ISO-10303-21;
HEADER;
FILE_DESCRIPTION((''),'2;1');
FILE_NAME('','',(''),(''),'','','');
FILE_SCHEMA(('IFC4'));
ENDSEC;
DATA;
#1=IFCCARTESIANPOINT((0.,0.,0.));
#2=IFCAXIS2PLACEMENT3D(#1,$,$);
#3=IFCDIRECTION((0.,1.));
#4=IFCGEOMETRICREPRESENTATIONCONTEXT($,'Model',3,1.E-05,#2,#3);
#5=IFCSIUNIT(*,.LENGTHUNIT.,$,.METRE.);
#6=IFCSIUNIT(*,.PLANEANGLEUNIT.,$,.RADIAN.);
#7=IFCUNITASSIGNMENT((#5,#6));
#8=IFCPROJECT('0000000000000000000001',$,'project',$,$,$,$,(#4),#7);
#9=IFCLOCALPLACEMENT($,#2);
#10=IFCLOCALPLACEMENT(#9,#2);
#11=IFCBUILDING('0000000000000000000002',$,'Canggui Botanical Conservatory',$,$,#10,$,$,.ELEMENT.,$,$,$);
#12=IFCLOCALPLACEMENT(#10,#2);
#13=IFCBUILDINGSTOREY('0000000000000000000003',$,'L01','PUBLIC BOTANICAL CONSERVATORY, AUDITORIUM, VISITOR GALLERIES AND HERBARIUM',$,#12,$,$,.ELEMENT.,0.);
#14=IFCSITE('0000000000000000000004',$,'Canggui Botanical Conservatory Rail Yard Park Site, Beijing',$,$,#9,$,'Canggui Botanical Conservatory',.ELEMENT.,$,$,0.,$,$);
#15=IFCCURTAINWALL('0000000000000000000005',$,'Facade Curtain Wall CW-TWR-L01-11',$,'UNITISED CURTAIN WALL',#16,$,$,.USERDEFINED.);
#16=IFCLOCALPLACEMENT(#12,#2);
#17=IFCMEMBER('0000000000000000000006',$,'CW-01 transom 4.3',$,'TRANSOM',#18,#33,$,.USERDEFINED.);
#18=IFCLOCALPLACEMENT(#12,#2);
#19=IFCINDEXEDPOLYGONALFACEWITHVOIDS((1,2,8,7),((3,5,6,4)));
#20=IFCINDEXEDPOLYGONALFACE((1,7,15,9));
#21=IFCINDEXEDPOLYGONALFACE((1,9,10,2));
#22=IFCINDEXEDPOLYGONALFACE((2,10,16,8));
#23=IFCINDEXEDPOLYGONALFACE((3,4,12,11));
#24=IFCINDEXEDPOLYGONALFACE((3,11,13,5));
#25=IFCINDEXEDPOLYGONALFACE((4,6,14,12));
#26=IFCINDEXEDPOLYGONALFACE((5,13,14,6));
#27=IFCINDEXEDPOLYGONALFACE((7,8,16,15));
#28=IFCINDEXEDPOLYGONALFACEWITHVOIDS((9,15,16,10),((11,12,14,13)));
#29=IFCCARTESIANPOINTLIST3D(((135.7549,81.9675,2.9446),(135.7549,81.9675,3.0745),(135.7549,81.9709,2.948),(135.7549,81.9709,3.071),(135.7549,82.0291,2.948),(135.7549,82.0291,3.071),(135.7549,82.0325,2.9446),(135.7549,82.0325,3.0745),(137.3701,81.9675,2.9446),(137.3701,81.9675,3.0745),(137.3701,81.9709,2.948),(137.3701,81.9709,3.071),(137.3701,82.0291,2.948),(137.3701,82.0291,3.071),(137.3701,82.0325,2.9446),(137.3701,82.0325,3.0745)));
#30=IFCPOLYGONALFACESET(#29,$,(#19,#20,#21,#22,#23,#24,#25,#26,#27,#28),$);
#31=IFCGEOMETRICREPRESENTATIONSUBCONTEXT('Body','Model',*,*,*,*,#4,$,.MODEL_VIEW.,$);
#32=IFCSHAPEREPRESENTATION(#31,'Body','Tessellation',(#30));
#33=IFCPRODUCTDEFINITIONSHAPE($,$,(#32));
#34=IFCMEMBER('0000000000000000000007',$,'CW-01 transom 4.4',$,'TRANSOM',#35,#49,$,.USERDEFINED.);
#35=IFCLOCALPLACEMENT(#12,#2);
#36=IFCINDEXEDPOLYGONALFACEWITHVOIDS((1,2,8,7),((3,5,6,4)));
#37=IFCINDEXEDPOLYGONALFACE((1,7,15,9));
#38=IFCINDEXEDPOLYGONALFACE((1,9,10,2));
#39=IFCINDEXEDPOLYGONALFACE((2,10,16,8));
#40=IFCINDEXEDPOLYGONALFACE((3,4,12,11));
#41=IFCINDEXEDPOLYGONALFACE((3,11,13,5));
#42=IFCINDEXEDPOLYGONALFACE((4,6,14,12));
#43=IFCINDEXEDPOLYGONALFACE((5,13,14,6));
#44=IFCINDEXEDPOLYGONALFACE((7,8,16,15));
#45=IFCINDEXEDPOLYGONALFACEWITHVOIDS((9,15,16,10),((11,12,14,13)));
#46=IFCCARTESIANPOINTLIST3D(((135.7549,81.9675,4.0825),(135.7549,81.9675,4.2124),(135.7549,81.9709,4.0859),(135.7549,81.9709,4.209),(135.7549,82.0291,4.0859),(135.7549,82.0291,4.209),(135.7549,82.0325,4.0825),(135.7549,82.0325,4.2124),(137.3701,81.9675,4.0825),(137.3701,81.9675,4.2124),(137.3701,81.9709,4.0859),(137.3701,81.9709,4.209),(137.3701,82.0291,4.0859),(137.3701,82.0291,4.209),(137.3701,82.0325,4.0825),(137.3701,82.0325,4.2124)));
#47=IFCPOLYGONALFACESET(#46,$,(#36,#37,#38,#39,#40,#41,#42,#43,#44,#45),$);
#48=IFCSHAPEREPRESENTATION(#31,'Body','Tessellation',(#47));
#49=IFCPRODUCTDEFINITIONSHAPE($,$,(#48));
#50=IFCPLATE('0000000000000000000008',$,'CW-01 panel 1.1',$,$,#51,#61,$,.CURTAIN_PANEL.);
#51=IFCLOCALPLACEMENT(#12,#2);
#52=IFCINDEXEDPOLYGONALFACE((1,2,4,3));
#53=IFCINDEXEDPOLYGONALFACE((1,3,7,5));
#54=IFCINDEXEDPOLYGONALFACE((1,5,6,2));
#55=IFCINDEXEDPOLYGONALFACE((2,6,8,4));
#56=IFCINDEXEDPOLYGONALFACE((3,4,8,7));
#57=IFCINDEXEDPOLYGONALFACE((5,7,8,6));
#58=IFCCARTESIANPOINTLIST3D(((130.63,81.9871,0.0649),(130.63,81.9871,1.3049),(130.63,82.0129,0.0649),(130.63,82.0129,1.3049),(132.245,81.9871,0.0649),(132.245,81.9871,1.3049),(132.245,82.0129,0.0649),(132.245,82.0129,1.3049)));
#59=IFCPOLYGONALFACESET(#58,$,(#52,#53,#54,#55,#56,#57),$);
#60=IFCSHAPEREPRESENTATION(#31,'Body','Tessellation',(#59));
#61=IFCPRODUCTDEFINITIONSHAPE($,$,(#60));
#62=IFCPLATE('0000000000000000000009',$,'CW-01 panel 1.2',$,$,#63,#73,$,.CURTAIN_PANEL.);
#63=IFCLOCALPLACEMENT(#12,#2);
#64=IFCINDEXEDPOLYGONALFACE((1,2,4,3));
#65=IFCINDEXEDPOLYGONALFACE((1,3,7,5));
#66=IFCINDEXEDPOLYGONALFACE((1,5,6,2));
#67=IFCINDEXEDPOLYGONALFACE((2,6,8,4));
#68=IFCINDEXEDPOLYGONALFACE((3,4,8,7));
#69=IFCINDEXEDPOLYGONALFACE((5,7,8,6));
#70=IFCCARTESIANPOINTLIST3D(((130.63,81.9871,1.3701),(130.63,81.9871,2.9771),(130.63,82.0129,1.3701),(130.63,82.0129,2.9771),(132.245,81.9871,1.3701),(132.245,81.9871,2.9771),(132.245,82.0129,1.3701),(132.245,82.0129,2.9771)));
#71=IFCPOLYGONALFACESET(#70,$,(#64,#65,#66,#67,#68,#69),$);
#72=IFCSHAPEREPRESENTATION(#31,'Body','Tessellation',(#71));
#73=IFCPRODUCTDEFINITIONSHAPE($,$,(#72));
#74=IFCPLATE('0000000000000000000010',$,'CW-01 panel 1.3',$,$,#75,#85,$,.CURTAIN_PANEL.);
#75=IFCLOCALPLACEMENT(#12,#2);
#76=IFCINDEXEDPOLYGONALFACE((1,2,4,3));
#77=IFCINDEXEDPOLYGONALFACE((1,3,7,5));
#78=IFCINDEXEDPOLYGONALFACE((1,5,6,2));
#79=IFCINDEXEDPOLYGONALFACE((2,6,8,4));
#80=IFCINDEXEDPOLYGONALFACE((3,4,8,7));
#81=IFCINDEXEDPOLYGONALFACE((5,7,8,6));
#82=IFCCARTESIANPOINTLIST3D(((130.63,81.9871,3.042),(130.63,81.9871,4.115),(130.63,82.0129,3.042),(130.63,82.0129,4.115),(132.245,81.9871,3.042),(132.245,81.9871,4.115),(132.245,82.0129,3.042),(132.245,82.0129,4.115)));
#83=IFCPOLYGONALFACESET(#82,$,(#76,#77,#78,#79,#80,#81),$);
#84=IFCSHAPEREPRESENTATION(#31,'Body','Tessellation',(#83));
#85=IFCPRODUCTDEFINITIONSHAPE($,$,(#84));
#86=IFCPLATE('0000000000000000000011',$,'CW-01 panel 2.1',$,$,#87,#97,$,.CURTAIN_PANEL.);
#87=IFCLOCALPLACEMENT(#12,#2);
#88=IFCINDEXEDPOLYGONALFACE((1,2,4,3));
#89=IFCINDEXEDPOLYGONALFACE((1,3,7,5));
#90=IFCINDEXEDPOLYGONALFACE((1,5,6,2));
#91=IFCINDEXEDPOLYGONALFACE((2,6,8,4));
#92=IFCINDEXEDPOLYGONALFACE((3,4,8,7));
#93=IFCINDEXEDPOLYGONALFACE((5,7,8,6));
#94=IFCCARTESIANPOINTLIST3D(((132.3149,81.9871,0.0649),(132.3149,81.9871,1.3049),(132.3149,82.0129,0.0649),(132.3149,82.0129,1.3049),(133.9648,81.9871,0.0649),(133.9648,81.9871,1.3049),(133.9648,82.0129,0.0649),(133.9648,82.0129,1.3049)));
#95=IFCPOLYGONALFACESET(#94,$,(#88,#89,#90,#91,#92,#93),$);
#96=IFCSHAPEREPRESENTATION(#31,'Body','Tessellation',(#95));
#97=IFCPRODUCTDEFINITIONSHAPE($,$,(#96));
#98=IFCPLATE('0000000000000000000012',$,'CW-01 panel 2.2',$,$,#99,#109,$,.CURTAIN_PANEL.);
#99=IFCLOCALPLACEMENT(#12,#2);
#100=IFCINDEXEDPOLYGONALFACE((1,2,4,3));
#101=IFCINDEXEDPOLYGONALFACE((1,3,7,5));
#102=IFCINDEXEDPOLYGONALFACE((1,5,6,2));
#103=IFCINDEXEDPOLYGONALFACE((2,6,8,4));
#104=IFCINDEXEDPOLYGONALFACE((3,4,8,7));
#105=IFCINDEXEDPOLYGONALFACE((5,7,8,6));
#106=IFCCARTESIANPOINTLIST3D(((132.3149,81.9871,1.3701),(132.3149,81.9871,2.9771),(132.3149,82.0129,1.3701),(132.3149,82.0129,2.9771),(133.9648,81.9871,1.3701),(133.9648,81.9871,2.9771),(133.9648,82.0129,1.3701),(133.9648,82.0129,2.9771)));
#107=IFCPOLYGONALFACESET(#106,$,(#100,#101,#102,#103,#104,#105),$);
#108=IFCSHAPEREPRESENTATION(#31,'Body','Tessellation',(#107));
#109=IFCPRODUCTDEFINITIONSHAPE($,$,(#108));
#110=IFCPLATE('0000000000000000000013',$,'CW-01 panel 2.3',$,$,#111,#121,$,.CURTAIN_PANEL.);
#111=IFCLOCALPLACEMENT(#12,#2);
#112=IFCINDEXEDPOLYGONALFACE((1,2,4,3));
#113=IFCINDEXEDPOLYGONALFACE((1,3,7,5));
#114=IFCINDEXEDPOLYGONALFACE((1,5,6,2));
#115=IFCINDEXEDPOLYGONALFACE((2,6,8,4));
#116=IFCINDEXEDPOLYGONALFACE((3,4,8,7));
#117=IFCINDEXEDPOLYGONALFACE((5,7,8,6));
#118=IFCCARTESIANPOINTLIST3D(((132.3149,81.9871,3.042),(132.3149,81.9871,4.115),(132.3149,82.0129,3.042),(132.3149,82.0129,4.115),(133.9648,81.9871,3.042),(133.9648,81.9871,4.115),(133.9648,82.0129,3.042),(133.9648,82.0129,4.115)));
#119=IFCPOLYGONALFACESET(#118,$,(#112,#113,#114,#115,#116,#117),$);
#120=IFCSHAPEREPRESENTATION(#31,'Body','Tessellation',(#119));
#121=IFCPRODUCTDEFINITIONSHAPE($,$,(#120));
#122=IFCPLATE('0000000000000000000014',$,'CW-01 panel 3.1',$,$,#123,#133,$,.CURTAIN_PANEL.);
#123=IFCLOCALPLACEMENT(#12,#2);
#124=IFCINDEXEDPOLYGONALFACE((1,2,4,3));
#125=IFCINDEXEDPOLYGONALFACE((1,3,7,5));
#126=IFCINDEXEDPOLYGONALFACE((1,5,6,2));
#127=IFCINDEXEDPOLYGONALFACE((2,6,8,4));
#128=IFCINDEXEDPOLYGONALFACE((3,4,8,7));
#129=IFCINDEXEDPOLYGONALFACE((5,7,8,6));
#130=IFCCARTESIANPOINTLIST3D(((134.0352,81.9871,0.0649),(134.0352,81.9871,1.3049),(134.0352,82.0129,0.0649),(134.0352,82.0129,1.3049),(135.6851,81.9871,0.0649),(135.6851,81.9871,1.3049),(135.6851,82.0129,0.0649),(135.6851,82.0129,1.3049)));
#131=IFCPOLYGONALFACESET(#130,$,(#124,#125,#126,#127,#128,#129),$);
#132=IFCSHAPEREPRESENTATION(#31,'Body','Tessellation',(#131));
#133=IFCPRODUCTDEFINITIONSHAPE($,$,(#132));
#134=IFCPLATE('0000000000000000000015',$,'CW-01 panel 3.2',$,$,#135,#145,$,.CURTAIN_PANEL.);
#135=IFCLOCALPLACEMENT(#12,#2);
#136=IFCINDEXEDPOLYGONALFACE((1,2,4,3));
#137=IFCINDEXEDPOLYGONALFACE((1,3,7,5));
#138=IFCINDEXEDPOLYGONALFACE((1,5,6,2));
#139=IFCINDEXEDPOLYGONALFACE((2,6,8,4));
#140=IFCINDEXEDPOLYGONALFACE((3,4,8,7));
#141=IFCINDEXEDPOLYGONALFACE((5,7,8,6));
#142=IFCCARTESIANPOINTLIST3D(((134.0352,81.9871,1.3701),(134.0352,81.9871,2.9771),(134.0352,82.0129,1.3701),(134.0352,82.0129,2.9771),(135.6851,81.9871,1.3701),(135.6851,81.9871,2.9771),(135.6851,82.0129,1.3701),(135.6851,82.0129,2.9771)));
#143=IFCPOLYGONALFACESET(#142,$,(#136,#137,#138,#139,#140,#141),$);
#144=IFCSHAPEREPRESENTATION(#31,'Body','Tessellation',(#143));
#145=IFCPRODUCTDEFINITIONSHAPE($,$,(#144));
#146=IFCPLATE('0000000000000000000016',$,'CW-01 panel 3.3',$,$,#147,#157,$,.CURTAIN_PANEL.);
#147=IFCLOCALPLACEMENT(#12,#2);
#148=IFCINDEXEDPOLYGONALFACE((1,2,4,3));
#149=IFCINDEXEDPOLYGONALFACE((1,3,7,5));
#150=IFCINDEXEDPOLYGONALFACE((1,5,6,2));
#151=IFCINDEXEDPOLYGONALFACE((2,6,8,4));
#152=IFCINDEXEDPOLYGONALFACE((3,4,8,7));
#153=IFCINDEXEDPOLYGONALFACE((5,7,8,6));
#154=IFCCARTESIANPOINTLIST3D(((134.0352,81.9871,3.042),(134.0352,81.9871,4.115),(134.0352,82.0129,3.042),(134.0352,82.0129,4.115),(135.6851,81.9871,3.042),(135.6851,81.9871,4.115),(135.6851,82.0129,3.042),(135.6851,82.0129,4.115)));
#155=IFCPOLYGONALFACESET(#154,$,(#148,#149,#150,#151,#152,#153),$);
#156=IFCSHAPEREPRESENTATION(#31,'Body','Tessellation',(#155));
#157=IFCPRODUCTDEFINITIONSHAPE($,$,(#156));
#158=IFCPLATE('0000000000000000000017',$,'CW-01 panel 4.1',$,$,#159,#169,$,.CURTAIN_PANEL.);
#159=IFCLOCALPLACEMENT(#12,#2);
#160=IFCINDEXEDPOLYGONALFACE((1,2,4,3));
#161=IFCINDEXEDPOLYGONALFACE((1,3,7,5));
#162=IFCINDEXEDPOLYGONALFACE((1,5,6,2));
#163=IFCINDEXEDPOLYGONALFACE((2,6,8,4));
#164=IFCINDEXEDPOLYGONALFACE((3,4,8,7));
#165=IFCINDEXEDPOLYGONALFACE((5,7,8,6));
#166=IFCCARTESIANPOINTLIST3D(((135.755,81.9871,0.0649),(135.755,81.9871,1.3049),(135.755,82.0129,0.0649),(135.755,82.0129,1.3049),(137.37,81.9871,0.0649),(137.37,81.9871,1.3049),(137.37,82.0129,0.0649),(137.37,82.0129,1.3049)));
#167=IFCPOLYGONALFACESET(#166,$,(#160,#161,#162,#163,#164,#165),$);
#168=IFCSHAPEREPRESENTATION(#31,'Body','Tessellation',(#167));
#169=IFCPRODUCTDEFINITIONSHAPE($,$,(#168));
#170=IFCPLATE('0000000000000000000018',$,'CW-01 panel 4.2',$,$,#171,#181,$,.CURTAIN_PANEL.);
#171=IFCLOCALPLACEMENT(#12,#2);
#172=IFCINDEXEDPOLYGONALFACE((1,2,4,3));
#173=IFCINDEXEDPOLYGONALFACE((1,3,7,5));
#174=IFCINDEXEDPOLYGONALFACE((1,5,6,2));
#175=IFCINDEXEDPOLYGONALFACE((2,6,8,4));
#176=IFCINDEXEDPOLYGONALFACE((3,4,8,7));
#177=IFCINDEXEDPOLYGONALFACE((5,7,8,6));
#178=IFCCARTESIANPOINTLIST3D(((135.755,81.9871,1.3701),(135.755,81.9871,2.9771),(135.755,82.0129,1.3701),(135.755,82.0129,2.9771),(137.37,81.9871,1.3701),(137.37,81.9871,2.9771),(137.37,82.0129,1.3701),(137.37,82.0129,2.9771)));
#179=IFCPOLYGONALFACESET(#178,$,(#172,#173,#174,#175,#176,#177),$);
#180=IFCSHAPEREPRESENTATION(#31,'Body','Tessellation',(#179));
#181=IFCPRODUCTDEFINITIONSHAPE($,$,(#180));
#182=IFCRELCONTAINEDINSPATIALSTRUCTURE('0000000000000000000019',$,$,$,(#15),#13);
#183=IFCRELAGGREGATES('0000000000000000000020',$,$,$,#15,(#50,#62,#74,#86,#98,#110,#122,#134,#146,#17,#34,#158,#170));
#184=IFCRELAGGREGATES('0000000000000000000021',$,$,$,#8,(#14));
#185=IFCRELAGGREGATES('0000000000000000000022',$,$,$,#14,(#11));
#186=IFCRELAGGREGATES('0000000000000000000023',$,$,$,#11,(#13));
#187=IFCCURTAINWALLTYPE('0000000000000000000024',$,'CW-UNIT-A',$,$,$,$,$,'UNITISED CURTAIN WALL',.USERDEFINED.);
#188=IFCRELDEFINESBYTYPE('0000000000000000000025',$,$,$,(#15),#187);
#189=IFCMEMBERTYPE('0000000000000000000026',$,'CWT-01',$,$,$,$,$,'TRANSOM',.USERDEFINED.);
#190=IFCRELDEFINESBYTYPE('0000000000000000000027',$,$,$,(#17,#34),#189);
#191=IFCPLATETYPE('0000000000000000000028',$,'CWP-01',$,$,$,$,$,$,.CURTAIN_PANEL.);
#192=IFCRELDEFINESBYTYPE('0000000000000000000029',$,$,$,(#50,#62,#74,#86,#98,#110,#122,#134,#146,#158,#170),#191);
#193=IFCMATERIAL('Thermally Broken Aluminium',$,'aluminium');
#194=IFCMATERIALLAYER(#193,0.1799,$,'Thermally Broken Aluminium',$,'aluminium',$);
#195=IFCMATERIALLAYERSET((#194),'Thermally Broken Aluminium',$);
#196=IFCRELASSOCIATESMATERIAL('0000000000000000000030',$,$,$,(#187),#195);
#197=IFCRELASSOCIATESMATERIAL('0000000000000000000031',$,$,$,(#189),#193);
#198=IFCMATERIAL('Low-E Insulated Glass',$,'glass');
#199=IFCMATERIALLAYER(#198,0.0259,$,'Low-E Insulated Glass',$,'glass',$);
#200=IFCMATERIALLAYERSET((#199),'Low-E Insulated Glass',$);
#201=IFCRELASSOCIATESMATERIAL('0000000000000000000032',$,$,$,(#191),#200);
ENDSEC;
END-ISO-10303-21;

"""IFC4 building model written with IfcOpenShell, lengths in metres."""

from ifc_helpers import new_model, si_unit, direction, frame, origin, origin_2d, place, context, subcontext, project, spatial, rectangle, hollow_rectangle, extrude, material, layer, layer_set, material_profile, profile_set, type_object, element, aggregate, save


model = new_model("IFC4")

# Units and contexts
model_context = context("Model", 3, precision=1e-05, world=origin(), true_north=direction((0.0, 1.0)))
body_context = subcontext(model_context, "Body", "Model", "MODEL_VIEW")
ifc_project = project(units=[si_unit("LENGTHUNIT", "METRE"), si_unit("PLANEANGLEUNIT", "RADIAN")], contexts=[model_context])

# Site, building, storey
site_placement = place(None, origin())
site = spatial("IfcSite", under=ifc_project, at=site_placement, Name="Canggui Botanical Conservatory Rail Yard Park Site, Beijing", LongName="Canggui Botanical Conservatory", CompositionType="ELEMENT", RefElevation=0.0)
building_placement = place(site_placement, origin())
building = spatial("IfcBuilding", under=site, at=building_placement, Name="Canggui Botanical Conservatory", CompositionType="ELEMENT")
storey_placement = place(building_placement, origin())
storey = spatial("IfcBuildingStorey", under=building, at=storey_placement, Name="L01", Description="PUBLIC BOTANICAL CONSERVATORY, AUDITORIUM, VISITOR GALLERIES AND HERBARIUM", CompositionType="ELEMENT", Elevation=0.0)

# Curtain wall, members, plates
ifc_material_1 = material(Name="Thermally Broken Aluminium", Category="aluminium")
ifc_layer_1 = layer(ifc_material_1, 0.1799, Name="Thermally Broken Aluminium", Category="aluminium")
ifc_layer_set_1 = layer_set([ifc_layer_1], Name="Thermally Broken Aluminium")
curtain_wall_type = type_object("IfcCurtainWallType", Name="CW-UNIT-A", ElementType="UNITISED CURTAIN WALL", PredefinedType="USERDEFINED", material=ifc_layer_set_1)
curtain_wall_placement = place(storey_placement, origin())
curtain_wall = element("IfcCurtainWall", 1, at=curtain_wall_placement, inside=storey, type_object=curtain_wall_type, Name="Facade Curtain Wall CW-TWR-L01-11", ObjectType="UNITISED CURTAIN WALL", PredefinedType="USERDEFINED")
ifc_material_profile_1 = material_profile(ifc_material_1, hollow_rectangle(XDim=0.0649, YDim=0.1299, WallThickness=0.0034, at=origin_2d()), Name="CWT 65x130x3.5")
ifc_profile_set_1 = profile_set([ifc_material_profile_1], Name="Thermally Broken Aluminium")
member_type_1 = type_object("IfcMemberType", Name="CWT-01", ElementType="TRANSOM", PredefinedType="USERDEFINED", material=ifc_profile_set_1)
member_1_placement = place(storey_placement, frame((135.7549, 82.0, 3.0095), z_axis=(1.0, 0.0, 0.0), x_axis=(0.0, 1.0, 0.0)))
member_1 = element("IfcMember", 2, at=member_1_placement, type_object=member_type_1, Name="CW-01 transom 4.3", ObjectType="TRANSOM", PredefinedType="USERDEFINED", context=body_context, shape_type="SweptSolid", body=[
    extrude(hollow_rectangle(XDim=0.0649, YDim=0.1299, WallThickness=0.0034, at=origin_2d()), origin(), (0.0, 0.0, 1.0), 1.6152),
])
member_2_placement = place(storey_placement, frame((135.7549, 82.0, 4.1475), z_axis=(1.0, 0.0, 0.0), x_axis=(0.0, 1.0, 0.0)))
member_2 = element("IfcMember", 3, at=member_2_placement, type_object=member_type_1, Name="CW-01 transom 4.4", ObjectType="TRANSOM", PredefinedType="USERDEFINED", context=body_context, shape_type="SweptSolid", body=[
    extrude(hollow_rectangle(XDim=0.0649, YDim=0.1299, WallThickness=0.0034, at=origin_2d()), origin(), (0.0, 0.0, 1.0), 1.6152),
])
ifc_material_2 = material(Name="Low-E Insulated Glass", Category="glass")
ifc_layer_2 = layer(ifc_material_2, 0.0259, Name="Low-E Insulated Glass", Category="glass")
ifc_layer_set_2 = layer_set([ifc_layer_2], Name="Low-E Insulated Glass")
plate_type = type_object("IfcPlateType", Name="CWP-01", PredefinedType="CURTAIN_PANEL", material=ifc_layer_set_2)
plate_1_placement = place(storey_placement, frame((131.4375, 82.0, 0.0649), z_axis=(0.0, 0.0, 1.0), x_axis=(1.0, 0.0, 0.0)))
plate_1 = element("IfcPlate", 4, at=plate_1_placement, type_object=plate_type, Name="CW-01 panel 1.1", PredefinedType="CURTAIN_PANEL", context=body_context, shape_type="SweptSolid", body=[
    extrude(rectangle(XDim=1.615, YDim=0.0259, at=origin_2d()), origin(), (0.0, 0.0, 1.0), 1.24),
])
plate_2_placement = place(storey_placement, frame((131.4375, 82.0, 1.3701), z_axis=(0.0, 0.0, 1.0), x_axis=(1.0, 0.0, 0.0)))
plate_2 = element("IfcPlate", 5, at=plate_2_placement, type_object=plate_type, Name="CW-01 panel 1.2", PredefinedType="CURTAIN_PANEL", context=body_context, shape_type="SweptSolid", body=[
    extrude(rectangle(XDim=1.615, YDim=0.0259, at=origin_2d()), origin(), (0.0, 0.0, 1.0), 1.6069),
])
plate_3_placement = place(storey_placement, frame((131.4375, 82.0, 3.042), z_axis=(0.0, 0.0, 1.0), x_axis=(1.0, 0.0, 0.0)))
plate_3 = element("IfcPlate", 6, at=plate_3_placement, type_object=plate_type, Name="CW-01 panel 1.3", PredefinedType="CURTAIN_PANEL", context=body_context, shape_type="SweptSolid", body=[
    extrude(rectangle(XDim=1.615, YDim=0.0259, at=origin_2d()), origin(), (0.0, 0.0, 1.0), 1.073),
])
plate_4_placement = place(storey_placement, frame((133.1399, 82.0, 0.0649), z_axis=(0.0, 0.0, 1.0), x_axis=(1.0, 0.0, 0.0)))
plate_4 = element("IfcPlate", 7, at=plate_4_placement, type_object=plate_type, Name="CW-01 panel 2.1", PredefinedType="CURTAIN_PANEL", context=body_context, shape_type="SweptSolid", body=[
    extrude(rectangle(XDim=1.6499, YDim=0.0259, at=origin_2d()), origin(), (0.0, 0.0, 1.0), 1.24),
])
plate_5_placement = place(storey_placement, frame((133.1399, 82.0, 1.3701), z_axis=(0.0, 0.0, 1.0), x_axis=(1.0, 0.0, 0.0)))
plate_5 = element("IfcPlate", 8, at=plate_5_placement, type_object=plate_type, Name="CW-01 panel 2.2", PredefinedType="CURTAIN_PANEL", context=body_context, shape_type="SweptSolid", body=[
    extrude(rectangle(XDim=1.6499, YDim=0.0259, at=origin_2d()), origin(), (0.0, 0.0, 1.0), 1.6069),
])
plate_6_placement = place(storey_placement, frame((133.1399, 82.0, 3.042), z_axis=(0.0, 0.0, 1.0), x_axis=(1.0, 0.0, 0.0)))
plate_6 = element("IfcPlate", 9, at=plate_6_placement, type_object=plate_type, Name="CW-01 panel 2.3", PredefinedType="CURTAIN_PANEL", context=body_context, shape_type="SweptSolid", body=[
    extrude(rectangle(XDim=1.6499, YDim=0.0259, at=origin_2d()), origin(), (0.0, 0.0, 1.0), 1.073),
])
plate_7_placement = place(storey_placement, frame((134.8601, 82.0, 0.0649), z_axis=(0.0, 0.0, 1.0), x_axis=(1.0, 0.0, 0.0)))
plate_7 = element("IfcPlate", 10, at=plate_7_placement, type_object=plate_type, Name="CW-01 panel 3.1", PredefinedType="CURTAIN_PANEL", context=body_context, shape_type="SweptSolid", body=[
    extrude(rectangle(XDim=1.6499, YDim=0.0259, at=origin_2d()), origin(), (0.0, 0.0, 1.0), 1.24),
])
plate_8_placement = place(storey_placement, frame((134.8601, 82.0, 1.3701), z_axis=(0.0, 0.0, 1.0), x_axis=(1.0, 0.0, 0.0)))
plate_8 = element("IfcPlate", 11, at=plate_8_placement, type_object=plate_type, Name="CW-01 panel 3.2", PredefinedType="CURTAIN_PANEL", context=body_context, shape_type="SweptSolid", body=[
    extrude(rectangle(XDim=1.6499, YDim=0.0259, at=origin_2d()), origin(), (0.0, 0.0, 1.0), 1.6069),
])
plate_9_placement = place(storey_placement, frame((134.8601, 82.0, 3.042), z_axis=(0.0, 0.0, 1.0), x_axis=(1.0, 0.0, 0.0)))
plate_9 = element("IfcPlate", 12, at=plate_9_placement, type_object=plate_type, Name="CW-01 panel 3.3", PredefinedType="CURTAIN_PANEL", context=body_context, shape_type="SweptSolid", body=[
    extrude(rectangle(XDim=1.6499, YDim=0.0259, at=origin_2d()), origin(), (0.0, 0.0, 1.0), 1.073),
])
plate_10_placement = place(storey_placement, frame((136.5625, 82.0, 0.0649), z_axis=(0.0, 0.0, 1.0), x_axis=(1.0, 0.0, 0.0)))
plate_10 = element("IfcPlate", 13, at=plate_10_placement, type_object=plate_type, Name="CW-01 panel 4.1", PredefinedType="CURTAIN_PANEL", context=body_context, shape_type="SweptSolid", body=[
    extrude(rectangle(XDim=1.615, YDim=0.0259, at=origin_2d()), origin(), (0.0, 0.0, 1.0), 1.24),
])
plate_11_placement = place(storey_placement, frame((136.5625, 82.0, 1.3701), z_axis=(0.0, 0.0, 1.0), x_axis=(1.0, 0.0, 0.0)))
plate_11 = element("IfcPlate", 14, at=plate_11_placement, type_object=plate_type, Name="CW-01 panel 4.2", PredefinedType="CURTAIN_PANEL", context=body_context, shape_type="SweptSolid", body=[
    extrude(rectangle(XDim=1.615, YDim=0.0259, at=origin_2d()), origin(), (0.0, 0.0, 1.0), 1.6069),
])
aggregate(curtain_wall, [plate_1, plate_2, plate_3, plate_4, plate_5, plate_6, plate_7, plate_8, plate_9, member_1, member_2, plate_10, plate_11])

save(model, "model.ifc")
